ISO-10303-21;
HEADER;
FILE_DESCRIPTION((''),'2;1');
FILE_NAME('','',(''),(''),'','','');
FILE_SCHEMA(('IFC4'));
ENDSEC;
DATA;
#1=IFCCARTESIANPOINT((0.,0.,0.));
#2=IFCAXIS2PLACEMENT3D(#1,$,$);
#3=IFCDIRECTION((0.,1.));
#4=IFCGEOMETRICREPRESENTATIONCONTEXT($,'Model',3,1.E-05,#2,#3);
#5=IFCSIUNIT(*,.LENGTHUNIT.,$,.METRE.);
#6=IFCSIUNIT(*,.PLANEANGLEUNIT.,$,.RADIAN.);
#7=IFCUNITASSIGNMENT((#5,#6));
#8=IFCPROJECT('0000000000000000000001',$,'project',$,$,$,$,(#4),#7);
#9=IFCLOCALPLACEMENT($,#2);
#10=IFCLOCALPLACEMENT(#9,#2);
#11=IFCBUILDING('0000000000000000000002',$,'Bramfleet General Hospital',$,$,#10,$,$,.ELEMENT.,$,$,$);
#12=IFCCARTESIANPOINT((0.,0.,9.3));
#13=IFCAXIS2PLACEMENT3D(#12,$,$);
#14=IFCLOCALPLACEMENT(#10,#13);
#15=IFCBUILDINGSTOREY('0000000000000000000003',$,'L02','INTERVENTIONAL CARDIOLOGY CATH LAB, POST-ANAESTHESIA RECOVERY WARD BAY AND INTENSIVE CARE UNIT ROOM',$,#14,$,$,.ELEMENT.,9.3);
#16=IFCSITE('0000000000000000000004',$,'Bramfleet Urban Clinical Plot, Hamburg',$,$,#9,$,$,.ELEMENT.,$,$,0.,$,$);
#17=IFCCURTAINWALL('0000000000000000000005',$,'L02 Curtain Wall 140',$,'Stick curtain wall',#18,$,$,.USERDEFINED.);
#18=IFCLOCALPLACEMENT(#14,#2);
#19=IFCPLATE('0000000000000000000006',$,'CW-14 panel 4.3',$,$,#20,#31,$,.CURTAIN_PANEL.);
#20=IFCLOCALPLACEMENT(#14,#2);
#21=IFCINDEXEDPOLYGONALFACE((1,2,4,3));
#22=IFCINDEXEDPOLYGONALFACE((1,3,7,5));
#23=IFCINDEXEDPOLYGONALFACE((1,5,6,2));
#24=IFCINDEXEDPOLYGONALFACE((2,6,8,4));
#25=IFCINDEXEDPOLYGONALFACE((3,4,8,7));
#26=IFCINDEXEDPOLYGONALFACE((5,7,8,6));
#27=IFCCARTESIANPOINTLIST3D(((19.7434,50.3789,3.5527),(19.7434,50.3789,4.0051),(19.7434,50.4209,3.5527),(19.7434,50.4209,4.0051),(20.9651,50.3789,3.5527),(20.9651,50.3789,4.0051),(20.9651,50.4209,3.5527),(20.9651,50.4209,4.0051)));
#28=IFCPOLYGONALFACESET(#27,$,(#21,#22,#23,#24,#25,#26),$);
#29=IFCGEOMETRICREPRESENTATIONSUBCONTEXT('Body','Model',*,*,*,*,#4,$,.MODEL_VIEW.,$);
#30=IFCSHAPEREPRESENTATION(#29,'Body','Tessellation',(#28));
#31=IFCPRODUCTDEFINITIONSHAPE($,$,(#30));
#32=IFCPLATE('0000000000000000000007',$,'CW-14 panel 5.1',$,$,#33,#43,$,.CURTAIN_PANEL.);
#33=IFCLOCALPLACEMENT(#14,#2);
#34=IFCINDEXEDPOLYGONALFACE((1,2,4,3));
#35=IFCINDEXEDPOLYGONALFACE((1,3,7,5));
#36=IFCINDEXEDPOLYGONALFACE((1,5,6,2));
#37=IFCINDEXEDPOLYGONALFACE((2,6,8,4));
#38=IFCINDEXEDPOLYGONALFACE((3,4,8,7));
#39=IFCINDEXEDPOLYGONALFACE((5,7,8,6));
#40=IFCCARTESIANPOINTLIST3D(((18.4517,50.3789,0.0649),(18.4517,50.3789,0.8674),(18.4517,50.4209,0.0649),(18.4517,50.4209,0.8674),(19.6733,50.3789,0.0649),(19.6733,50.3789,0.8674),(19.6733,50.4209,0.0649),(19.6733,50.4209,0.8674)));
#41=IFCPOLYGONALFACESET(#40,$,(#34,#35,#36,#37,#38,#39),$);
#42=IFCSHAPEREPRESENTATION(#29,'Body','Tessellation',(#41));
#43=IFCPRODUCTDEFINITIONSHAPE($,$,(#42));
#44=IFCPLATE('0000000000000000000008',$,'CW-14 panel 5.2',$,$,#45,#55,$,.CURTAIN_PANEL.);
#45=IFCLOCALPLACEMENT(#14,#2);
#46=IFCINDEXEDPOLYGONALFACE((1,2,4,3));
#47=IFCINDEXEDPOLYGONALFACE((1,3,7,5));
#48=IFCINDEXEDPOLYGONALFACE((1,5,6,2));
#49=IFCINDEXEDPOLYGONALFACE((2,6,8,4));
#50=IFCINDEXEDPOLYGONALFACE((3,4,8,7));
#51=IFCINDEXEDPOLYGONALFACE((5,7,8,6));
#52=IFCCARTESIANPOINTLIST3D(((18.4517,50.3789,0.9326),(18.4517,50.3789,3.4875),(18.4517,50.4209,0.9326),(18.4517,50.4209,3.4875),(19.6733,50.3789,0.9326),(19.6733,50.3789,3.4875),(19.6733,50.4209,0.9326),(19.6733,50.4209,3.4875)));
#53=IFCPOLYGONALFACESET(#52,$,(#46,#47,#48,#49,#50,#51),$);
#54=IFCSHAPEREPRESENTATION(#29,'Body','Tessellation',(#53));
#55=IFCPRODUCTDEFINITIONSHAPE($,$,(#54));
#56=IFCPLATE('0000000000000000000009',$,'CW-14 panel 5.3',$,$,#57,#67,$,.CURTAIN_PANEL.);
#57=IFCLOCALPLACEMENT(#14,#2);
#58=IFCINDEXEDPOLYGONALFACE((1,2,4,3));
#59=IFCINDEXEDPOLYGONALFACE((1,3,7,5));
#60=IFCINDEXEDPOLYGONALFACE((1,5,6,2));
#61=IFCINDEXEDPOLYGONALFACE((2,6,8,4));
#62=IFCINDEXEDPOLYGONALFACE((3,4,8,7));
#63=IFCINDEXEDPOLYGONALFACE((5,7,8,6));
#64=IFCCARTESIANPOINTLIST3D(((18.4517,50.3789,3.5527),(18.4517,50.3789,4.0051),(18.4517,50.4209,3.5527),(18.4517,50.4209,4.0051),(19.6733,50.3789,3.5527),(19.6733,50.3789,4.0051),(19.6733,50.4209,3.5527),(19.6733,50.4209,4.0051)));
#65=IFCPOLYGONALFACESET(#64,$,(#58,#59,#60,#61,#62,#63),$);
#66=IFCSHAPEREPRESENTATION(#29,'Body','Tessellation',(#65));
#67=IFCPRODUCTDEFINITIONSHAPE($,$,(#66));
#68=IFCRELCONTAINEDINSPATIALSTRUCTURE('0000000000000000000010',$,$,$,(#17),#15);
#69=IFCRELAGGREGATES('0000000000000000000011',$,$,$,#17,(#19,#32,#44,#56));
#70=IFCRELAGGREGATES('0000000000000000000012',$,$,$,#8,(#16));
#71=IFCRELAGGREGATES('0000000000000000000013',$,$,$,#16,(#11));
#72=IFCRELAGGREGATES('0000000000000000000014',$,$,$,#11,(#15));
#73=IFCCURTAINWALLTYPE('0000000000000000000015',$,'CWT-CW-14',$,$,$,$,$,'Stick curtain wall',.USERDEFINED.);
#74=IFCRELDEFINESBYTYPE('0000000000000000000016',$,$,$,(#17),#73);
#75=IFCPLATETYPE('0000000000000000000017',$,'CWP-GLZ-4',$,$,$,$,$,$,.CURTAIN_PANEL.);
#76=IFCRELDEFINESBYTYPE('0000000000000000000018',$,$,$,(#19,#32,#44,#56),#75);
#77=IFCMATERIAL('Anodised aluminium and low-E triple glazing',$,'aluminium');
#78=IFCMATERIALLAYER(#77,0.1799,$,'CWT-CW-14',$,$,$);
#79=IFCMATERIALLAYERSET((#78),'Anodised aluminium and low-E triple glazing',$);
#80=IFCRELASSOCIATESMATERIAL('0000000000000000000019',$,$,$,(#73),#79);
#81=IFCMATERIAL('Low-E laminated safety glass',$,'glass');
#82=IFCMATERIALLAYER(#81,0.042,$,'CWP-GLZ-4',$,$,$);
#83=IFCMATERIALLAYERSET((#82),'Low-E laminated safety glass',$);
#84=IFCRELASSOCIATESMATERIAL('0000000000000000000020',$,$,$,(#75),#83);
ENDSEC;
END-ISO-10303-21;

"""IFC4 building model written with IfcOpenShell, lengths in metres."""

from ifc_helpers import new_model, si_unit, direction, frame, origin, origin_2d, place, context, subcontext, project, spatial, rectangle, extrude, material, layer, layer_set, type_object, element, aggregate, save


model = new_model("IFC4")

# Units and contexts
model_context = context("Model", 3, precision=1e-05, world=origin(), true_north=direction((0.0, 1.0)))
body_context = subcontext(model_context, "Body", "Model", "MODEL_VIEW")
ifc_project = project(units=[si_unit("LENGTHUNIT", "METRE"), si_unit("PLANEANGLEUNIT", "RADIAN")], contexts=[model_context])

# Site, building, storey
site_placement = place(None, origin())
site = spatial("IfcSite", under=ifc_project, at=site_placement, Name="Bramfleet Urban Clinical Plot, Hamburg", CompositionType="ELEMENT", RefElevation=0.0)
building_placement = place(site_placement, origin())
building = spatial("IfcBuilding", under=site, at=building_placement, Name="Bramfleet General Hospital", CompositionType="ELEMENT")
storey_placement = place(building_placement, frame((0.0, 0.0, 9.3)))
storey = spatial("IfcBuildingStorey", under=building, at=storey_placement, Name="L02", Description="INTERVENTIONAL CARDIOLOGY CATH LAB, POST-ANAESTHESIA RECOVERY WARD BAY AND INTENSIVE CARE UNIT ROOM", CompositionType="ELEMENT", Elevation=9.3)

# Curtain wall, plates
ifc_material_1 = material(Name="Anodised aluminium and low-E triple glazing", Category="aluminium")
ifc_layer_1 = layer(ifc_material_1, 0.1799, Name="CWT-CW-14")
ifc_layer_set_1 = layer_set([ifc_layer_1], Name="Anodised aluminium and low-E triple glazing")
curtain_wall_type = type_object("IfcCurtainWallType", Name="CWT-CW-14", ElementType="Stick curtain wall", PredefinedType="USERDEFINED", material=ifc_layer_set_1)
curtain_wall_placement = place(storey_placement, origin())
curtain_wall = element("IfcCurtainWall", 1, at=curtain_wall_placement, inside=storey, type_object=curtain_wall_type, Name="L02 Curtain Wall 140", ObjectType="Stick curtain wall", PredefinedType="USERDEFINED")
ifc_material_2 = material(Name="Low-E laminated safety glass", Category="glass")
ifc_layer_2 = layer(ifc_material_2, 0.042, Name="CWP-GLZ-4")
ifc_layer_set_2 = layer_set([ifc_layer_2], Name="Low-E laminated safety glass")
plate_type = type_object("IfcPlateType", Name="CWP-GLZ-4", PredefinedType="CURTAIN_PANEL", material=ifc_layer_set_2)
plate_1_placement = place(storey_placement, frame((20.3542, 50.3999, 3.5527), z_axis=(0.0, 0.0, 1.0), x_axis=(-1.0, 0.0, 0.0)))
plate_1 = element("IfcPlate", 2, at=plate_1_placement, type_object=plate_type, Name="CW-14 panel 4.3", PredefinedType="CURTAIN_PANEL", context=body_context, shape_type="SweptSolid", body=[
    extrude(rectangle(XDim=1.2217, YDim=0.042, at=origin_2d()), origin(), (0.0, 0.0, 1.0), 0.4524),
])
plate_2_placement = place(storey_placement, frame((19.0625, 50.3999, 0.0649), z_axis=(0.0, 0.0, 1.0), x_axis=(-1.0, 0.0, 0.0)))
plate_2 = element("IfcPlate", 3, at=plate_2_placement, type_object=plate_type, Name="CW-14 panel 5.1", PredefinedType="CURTAIN_PANEL", context=body_context, shape_type="SweptSolid", body=[
    extrude(rectangle(XDim=1.2217, YDim=0.042, at=origin_2d()), origin(), (0.0, 0.0, 1.0), 0.8025),
])
plate_3_placement = place(storey_placement, frame((19.0625, 50.3999, 0.9326), z_axis=(0.0, 0.0, 1.0), x_axis=(-1.0, 0.0, 0.0)))
plate_3 = element("IfcPlate", 4, at=plate_3_placement, type_object=plate_type, Name="CW-14 panel 5.2", PredefinedType="CURTAIN_PANEL", context=body_context, shape_type="SweptSolid", body=[
    extrude(rectangle(XDim=1.2217, YDim=0.042, at=origin_2d()), origin(), (0.0, 0.0, 1.0), 2.5549),
])
plate_4_placement = place(storey_placement, frame((19.0625, 50.3999, 3.5527), z_axis=(0.0, 0.0, 1.0), x_axis=(-1.0, 0.0, 0.0)))
plate_4 = element("IfcPlate", 5, at=plate_4_placement, type_object=plate_type, Name="CW-14 panel 5.3", PredefinedType="CURTAIN_PANEL", context=body_context, shape_type="SweptSolid", body=[
    extrude(rectangle(XDim=1.2217, YDim=0.042, at=origin_2d()), origin(), (0.0, 0.0, 1.0), 0.4524),
])
aggregate(curtain_wall, [plate_1, plate_2, plate_3, plate_4])

save(model, "model.ifc")
